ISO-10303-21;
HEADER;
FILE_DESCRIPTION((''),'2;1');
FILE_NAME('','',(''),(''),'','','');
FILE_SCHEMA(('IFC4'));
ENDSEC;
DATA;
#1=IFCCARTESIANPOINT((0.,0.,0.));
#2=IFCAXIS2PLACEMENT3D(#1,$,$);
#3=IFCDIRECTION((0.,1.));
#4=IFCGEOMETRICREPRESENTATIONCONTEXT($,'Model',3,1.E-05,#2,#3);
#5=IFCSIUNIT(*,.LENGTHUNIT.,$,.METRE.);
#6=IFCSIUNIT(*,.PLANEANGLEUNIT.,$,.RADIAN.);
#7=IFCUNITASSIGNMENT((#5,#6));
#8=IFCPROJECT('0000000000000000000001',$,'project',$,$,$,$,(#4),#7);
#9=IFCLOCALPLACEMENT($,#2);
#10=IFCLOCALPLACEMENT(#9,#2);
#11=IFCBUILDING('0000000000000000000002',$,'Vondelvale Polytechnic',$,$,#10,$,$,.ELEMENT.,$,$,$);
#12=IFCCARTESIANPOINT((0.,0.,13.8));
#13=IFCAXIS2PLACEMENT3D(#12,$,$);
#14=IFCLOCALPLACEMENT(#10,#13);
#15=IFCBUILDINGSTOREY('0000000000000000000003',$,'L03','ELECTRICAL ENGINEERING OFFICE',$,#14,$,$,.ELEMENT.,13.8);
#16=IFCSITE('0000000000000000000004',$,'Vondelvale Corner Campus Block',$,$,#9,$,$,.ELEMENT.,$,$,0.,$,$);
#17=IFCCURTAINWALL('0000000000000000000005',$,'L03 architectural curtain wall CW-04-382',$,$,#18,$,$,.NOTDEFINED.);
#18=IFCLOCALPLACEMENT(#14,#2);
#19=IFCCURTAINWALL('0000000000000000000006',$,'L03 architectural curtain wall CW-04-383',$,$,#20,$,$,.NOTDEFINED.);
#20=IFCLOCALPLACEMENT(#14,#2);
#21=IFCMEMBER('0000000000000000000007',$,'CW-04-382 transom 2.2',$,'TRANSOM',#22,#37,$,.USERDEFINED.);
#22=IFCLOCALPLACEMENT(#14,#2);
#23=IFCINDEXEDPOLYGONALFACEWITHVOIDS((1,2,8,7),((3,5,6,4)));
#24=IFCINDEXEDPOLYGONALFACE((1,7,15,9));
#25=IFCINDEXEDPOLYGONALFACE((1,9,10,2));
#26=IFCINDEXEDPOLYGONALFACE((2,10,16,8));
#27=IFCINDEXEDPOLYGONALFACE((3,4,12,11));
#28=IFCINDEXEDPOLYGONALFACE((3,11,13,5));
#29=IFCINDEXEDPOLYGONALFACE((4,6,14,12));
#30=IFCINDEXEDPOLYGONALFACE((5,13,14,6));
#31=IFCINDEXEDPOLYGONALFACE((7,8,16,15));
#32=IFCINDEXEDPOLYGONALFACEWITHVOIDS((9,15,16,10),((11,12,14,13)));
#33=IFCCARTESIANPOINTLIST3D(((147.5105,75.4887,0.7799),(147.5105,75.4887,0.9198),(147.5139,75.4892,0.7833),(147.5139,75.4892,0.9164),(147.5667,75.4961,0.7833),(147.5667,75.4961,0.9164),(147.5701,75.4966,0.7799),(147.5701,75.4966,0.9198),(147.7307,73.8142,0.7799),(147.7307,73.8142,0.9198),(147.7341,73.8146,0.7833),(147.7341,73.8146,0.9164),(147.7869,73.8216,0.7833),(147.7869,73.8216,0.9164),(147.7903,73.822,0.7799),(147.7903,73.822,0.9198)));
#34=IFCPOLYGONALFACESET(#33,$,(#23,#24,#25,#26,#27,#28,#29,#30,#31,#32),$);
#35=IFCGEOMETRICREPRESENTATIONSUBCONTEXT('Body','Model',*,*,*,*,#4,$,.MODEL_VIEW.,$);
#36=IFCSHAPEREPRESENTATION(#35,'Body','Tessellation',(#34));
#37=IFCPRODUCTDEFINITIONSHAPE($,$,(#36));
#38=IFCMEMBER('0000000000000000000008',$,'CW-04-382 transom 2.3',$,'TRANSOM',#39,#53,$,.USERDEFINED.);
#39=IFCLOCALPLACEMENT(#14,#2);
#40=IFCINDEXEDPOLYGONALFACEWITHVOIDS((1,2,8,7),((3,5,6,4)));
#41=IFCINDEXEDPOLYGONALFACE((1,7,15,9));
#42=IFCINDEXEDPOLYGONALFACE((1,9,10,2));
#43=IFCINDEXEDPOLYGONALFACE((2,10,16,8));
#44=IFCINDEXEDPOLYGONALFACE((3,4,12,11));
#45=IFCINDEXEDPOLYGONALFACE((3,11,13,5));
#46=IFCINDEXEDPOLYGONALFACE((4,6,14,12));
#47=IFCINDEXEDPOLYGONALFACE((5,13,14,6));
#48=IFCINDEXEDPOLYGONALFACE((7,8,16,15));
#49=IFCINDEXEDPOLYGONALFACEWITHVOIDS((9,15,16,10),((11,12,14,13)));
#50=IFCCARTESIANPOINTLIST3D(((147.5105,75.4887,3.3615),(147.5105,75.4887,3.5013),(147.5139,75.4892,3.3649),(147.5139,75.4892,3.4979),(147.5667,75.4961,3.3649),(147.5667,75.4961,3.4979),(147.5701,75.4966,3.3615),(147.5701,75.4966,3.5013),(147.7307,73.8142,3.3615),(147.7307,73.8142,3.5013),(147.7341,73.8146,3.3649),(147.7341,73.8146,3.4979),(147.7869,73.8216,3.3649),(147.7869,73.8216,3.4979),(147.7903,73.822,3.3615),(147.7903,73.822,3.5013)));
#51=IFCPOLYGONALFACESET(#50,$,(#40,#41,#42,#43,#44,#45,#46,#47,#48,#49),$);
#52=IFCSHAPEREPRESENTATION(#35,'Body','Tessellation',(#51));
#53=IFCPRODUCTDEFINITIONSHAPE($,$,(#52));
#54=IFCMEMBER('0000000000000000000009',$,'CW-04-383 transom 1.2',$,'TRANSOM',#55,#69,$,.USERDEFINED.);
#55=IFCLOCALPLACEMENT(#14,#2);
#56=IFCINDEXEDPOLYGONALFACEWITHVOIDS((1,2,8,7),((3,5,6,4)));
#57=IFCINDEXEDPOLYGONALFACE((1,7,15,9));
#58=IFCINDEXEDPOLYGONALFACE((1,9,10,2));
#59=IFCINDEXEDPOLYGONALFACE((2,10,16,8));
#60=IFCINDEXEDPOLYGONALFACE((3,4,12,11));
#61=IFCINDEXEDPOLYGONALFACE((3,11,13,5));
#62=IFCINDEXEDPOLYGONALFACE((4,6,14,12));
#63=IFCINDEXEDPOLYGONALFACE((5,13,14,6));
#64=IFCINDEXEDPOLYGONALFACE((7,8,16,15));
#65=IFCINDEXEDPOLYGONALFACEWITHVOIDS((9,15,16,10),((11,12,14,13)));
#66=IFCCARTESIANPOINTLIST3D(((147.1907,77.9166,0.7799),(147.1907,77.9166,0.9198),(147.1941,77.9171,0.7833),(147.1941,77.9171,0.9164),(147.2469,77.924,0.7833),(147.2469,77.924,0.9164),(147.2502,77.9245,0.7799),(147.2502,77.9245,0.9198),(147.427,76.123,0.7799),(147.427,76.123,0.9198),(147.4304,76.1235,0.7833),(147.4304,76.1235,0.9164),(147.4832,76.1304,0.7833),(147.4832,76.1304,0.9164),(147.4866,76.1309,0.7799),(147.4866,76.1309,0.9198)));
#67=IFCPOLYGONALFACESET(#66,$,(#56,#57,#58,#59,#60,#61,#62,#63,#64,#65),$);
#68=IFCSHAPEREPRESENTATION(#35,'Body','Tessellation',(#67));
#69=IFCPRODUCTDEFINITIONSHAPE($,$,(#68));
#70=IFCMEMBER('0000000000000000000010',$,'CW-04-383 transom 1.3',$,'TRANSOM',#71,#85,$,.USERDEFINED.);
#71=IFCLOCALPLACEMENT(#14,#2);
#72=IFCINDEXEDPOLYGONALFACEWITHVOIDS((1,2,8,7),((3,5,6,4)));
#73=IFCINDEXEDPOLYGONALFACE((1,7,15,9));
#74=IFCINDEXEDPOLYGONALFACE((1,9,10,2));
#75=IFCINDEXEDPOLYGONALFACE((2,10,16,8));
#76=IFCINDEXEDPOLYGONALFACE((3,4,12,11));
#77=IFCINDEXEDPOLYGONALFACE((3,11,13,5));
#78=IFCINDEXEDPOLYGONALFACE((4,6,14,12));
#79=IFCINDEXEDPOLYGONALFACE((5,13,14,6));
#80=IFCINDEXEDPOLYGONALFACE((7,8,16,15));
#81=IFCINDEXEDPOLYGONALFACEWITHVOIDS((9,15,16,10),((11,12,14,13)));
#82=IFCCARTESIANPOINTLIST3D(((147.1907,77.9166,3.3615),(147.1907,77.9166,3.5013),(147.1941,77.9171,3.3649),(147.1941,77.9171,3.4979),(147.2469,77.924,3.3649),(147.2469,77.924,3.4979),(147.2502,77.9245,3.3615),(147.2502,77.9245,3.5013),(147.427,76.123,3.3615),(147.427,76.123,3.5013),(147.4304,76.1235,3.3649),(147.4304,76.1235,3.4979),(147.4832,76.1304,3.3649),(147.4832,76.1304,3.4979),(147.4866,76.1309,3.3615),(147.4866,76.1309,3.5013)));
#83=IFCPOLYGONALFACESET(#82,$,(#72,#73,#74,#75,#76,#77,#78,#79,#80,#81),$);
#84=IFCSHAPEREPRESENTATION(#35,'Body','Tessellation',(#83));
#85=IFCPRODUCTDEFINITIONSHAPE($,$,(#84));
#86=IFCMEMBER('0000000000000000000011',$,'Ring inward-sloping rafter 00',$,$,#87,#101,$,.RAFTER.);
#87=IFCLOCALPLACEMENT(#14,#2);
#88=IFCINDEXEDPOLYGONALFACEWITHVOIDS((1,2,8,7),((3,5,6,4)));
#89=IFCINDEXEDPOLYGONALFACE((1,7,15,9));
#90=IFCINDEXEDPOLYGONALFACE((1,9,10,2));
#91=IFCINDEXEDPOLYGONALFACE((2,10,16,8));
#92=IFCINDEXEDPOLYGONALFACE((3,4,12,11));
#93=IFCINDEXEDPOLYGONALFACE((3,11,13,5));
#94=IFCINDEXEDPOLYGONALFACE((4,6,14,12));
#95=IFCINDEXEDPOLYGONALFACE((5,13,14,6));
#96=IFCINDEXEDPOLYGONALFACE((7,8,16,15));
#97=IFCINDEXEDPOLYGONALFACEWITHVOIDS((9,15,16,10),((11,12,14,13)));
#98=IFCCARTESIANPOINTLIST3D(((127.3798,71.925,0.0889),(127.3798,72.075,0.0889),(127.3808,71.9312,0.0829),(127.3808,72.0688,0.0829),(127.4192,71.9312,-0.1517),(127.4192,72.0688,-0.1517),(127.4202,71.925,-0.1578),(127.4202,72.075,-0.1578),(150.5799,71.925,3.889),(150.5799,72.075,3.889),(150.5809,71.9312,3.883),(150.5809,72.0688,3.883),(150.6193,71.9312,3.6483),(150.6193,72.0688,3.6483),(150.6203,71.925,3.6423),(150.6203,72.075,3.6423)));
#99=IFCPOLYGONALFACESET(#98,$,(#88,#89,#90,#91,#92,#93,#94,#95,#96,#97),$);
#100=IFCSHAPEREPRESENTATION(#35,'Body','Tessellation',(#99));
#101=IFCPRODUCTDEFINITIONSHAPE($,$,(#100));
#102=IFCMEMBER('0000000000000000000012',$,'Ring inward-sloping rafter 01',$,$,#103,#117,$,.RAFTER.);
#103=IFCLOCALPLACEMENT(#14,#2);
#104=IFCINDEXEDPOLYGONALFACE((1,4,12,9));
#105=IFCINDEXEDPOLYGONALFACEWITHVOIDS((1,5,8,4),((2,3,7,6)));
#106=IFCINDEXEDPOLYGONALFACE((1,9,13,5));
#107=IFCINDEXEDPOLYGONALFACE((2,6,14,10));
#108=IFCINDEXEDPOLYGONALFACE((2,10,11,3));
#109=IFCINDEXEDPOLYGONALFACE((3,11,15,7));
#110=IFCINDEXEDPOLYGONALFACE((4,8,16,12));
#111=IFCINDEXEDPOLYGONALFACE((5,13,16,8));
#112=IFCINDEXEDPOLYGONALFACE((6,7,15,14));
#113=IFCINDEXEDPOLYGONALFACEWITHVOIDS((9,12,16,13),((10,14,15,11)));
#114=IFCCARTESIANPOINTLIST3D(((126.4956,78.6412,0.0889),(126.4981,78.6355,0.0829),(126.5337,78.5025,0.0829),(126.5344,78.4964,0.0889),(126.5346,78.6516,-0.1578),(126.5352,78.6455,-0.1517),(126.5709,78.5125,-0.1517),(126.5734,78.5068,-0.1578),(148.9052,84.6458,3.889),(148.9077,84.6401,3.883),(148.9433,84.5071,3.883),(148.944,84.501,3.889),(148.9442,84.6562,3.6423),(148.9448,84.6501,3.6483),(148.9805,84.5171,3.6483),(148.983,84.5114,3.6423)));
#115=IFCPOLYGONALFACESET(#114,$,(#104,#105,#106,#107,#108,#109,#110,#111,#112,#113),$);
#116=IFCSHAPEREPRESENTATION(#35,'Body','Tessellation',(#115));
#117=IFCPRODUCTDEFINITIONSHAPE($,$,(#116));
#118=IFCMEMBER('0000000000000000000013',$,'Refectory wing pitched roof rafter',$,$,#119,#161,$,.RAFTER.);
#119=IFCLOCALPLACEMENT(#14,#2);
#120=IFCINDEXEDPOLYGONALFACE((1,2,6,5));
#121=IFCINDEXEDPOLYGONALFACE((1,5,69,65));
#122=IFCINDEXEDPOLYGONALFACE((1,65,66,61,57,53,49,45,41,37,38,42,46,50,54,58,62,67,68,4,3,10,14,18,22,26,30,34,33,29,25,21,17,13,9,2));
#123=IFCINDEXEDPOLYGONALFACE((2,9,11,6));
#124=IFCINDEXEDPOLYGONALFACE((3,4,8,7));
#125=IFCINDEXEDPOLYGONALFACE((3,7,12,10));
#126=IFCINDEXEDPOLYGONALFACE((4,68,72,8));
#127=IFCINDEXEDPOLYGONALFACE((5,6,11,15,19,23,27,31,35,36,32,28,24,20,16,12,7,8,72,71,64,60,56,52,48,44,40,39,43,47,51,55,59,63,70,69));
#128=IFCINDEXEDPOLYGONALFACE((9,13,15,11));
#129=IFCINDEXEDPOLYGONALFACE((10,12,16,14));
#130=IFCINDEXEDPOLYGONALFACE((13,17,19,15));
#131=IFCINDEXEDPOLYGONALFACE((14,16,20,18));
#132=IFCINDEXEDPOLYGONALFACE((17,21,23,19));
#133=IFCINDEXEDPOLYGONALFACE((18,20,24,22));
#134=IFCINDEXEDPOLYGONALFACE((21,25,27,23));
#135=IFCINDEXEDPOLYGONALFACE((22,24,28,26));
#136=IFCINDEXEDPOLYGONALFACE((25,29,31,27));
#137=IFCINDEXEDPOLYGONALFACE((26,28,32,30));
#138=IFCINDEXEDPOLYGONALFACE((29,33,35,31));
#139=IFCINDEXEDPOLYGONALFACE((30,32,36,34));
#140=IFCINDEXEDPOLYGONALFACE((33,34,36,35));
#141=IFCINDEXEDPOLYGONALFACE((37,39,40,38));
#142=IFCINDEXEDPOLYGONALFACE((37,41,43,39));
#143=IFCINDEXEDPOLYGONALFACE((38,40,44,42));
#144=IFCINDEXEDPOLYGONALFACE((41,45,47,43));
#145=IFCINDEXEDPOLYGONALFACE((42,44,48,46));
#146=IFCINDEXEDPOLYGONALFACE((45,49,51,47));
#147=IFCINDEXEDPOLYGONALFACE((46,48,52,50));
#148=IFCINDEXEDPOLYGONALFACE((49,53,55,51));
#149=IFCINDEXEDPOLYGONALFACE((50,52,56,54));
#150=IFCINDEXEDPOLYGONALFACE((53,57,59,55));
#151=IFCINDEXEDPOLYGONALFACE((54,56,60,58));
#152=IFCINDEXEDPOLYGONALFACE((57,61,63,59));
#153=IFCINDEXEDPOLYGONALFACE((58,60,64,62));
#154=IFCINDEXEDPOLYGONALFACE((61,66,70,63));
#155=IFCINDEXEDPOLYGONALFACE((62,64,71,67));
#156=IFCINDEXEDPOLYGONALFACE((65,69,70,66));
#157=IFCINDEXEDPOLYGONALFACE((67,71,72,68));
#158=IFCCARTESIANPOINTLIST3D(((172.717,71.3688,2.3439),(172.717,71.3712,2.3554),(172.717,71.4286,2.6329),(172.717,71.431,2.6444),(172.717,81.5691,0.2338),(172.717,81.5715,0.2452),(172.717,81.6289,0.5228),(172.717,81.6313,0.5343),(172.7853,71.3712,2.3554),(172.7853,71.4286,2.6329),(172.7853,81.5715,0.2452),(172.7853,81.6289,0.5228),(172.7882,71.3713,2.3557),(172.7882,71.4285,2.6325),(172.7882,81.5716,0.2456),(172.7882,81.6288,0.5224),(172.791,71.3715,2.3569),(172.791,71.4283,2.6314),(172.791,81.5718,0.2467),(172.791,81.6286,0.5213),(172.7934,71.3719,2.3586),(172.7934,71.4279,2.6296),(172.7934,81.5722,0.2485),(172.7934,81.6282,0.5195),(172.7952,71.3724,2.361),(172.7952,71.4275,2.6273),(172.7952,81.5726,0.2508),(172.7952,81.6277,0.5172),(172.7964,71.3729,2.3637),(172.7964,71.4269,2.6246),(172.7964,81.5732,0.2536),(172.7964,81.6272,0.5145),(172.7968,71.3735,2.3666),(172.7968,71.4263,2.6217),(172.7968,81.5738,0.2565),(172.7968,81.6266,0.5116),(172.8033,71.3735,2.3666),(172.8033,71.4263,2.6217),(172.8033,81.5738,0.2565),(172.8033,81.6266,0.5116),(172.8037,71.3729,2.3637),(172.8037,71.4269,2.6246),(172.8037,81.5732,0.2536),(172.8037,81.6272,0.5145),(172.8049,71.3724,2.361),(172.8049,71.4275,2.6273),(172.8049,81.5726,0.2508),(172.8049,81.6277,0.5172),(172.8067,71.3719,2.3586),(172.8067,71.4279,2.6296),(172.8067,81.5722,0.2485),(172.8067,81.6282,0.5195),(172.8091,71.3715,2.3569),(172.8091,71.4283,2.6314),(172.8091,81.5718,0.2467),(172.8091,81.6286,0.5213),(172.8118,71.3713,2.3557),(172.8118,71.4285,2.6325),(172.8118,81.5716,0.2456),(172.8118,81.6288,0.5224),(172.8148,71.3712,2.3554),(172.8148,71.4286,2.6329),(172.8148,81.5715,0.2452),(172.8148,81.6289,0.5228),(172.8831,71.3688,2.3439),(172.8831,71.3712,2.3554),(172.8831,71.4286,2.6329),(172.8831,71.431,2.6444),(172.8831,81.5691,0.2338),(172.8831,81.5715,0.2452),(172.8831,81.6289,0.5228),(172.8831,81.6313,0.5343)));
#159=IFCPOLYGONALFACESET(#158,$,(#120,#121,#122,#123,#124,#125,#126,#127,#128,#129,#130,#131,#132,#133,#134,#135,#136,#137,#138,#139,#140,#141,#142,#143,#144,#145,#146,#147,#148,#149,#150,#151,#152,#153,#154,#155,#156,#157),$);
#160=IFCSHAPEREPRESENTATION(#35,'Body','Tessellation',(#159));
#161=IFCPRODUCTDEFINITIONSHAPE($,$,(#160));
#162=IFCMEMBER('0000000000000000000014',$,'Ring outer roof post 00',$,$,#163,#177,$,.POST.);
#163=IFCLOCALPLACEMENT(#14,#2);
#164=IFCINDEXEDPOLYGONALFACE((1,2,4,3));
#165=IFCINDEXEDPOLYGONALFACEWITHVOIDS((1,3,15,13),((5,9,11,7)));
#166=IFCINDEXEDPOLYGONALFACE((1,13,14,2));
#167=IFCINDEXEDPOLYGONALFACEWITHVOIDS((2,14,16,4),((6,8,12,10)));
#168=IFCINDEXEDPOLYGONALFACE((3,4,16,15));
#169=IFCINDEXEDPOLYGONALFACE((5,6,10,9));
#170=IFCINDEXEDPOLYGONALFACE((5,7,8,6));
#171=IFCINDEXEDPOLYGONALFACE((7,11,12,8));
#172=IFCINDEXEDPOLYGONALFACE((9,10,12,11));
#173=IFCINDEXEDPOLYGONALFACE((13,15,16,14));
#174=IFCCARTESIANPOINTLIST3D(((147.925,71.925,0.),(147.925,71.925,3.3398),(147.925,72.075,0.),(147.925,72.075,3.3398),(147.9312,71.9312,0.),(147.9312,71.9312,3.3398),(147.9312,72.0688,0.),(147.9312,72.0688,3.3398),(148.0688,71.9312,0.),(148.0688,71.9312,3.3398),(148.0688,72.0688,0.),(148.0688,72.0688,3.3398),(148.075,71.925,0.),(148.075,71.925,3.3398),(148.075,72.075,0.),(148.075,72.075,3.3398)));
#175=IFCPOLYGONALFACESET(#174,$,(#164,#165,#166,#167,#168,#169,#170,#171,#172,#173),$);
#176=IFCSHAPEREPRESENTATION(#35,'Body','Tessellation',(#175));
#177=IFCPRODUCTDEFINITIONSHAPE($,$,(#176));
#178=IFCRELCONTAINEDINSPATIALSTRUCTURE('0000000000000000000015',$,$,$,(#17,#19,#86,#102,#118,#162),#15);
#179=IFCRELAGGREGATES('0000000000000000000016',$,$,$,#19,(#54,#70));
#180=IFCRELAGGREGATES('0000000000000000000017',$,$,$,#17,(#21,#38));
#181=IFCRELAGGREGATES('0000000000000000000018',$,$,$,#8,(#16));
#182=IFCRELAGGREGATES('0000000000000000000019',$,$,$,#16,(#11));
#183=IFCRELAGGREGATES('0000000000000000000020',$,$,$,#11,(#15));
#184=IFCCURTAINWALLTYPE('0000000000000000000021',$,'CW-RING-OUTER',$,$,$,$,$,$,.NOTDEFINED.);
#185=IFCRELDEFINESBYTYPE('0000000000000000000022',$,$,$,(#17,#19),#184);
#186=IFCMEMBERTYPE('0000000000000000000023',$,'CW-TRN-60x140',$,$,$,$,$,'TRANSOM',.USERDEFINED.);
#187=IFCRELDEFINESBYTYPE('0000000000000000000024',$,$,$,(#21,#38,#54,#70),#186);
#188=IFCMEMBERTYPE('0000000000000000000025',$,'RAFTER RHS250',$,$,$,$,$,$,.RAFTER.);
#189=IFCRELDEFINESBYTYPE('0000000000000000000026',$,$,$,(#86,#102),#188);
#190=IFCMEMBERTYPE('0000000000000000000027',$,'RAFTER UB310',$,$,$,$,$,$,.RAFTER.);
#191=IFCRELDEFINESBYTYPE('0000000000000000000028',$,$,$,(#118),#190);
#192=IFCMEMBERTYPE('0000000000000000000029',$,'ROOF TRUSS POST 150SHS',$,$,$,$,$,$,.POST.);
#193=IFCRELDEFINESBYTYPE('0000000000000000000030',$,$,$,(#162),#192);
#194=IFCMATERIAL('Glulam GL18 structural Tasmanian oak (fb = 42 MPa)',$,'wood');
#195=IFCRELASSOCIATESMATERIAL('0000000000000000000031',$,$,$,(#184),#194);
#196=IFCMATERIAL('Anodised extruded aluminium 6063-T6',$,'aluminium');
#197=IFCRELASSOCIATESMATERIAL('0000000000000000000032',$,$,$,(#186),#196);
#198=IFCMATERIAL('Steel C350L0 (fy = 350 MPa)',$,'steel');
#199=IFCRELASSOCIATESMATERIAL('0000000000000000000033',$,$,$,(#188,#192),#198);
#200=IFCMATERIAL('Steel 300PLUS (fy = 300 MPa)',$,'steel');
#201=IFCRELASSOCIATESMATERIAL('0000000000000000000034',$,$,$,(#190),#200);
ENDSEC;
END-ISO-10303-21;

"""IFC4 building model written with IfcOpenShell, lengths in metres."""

from ifc_helpers import new_model, si_unit, direction, frame, origin, origin_2d, place, context, subcontext, project, spatial, hollow_rectangle, i_section, extrude, material, material_profile, profile_set, type_object, element, aggregate, save


model = new_model("IFC4")

# Units and contexts
model_context = context("Model", 3, precision=1e-05, world=origin(), true_north=direction((0.0, 1.0)))
body_context = subcontext(model_context, "Body", "Model", "MODEL_VIEW")
ifc_project = project(units=[si_unit("LENGTHUNIT", "METRE"), si_unit("PLANEANGLEUNIT", "RADIAN")], contexts=[model_context])

# Site, building, storey
site_placement = place(None, origin())
site = spatial("IfcSite", under=ifc_project, at=site_placement, Name="Vondelvale Corner Campus Block", CompositionType="ELEMENT", RefElevation=0.0)
building_placement = place(site_placement, origin())
building = spatial("IfcBuilding", under=site, at=building_placement, Name="Vondelvale Polytechnic", CompositionType="ELEMENT")
storey_placement = place(building_placement, frame((0.0, 0.0, 13.8)))
storey = spatial("IfcBuildingStorey", under=building, at=storey_placement, Name="L03", Description="ELECTRICAL ENGINEERING OFFICE", CompositionType="ELEMENT", Elevation=13.8)

# Shared definitions
ifc_material_1 = material(Name="Steel 300PLUS (fy = 300 MPa)", Category="steel")

# Curtain wall
ifc_material_2 = material(Name="Glulam GL18 structural Tasmanian oak (fb = 42 MPa)", Category="wood")
curtain_wall_type = type_object("IfcCurtainWallType", Name="CW-RING-OUTER", PredefinedType="NOTDEFINED", material=ifc_material_2)
curtain_wall_1_placement = place(storey_placement, origin())
curtain_wall_1 = element("IfcCurtainWall", 1, at=curtain_wall_1_placement, inside=storey, type_object=curtain_wall_type, Name="L03 architectural curtain wall CW-04-382", PredefinedType="NOTDEFINED")
ifc_material_3 = material(Name="Anodised extruded aluminium 6063-T6", Category="aluminium")

# Curtain wall
curtain_wall_2_placement = place(storey_placement, origin())
curtain_wall_2 = element("IfcCurtainWall", 2, at=curtain_wall_2_placement, inside=storey, type_object=curtain_wall_type, Name="L03 architectural curtain wall CW-04-383", PredefinedType="NOTDEFINED")

# Members
ifc_material_profile_1 = material_profile(ifc_material_3, hollow_rectangle(XDim=0.0601, YDim=0.1399, WallThickness=0.0034, at=origin_2d()), Name="CW-TRN-140x60")
ifc_profile_set_1 = profile_set([ifc_material_profile_1], Name="Anodised extruded aluminium 6063-T6")
member_type_1 = type_object("IfcMemberType", Name="CW-TRN-60x140", ElementType="TRANSOM", PredefinedType="USERDEFINED", material=ifc_profile_set_1)
member_1_placement = place(storey_placement, frame((147.7605, 73.8181, 0.8499), z_axis=(-0.130383, 0.991464, 0.0), x_axis=(-0.991464, -0.130383, 0.0)))
member_1 = element("IfcMember", 3, at=member_1_placement, type_object=member_type_1, Name="CW-04-382 transom 2.2", ObjectType="TRANSOM", PredefinedType="USERDEFINED", context=body_context, shape_type="SweptSolid", body=[
    extrude(hollow_rectangle(XDim=0.0601, YDim=0.1399, WallThickness=0.0034, at=origin_2d()), origin(), (0.0, 0.0, 1.0), 1.689),
])
member_2_placement = place(storey_placement, frame((147.7605, 73.8181, 3.4314), z_axis=(-0.130383, 0.991464, 0.0), x_axis=(-0.991464, -0.130383, 0.0)))
member_2 = element("IfcMember", 4, at=member_2_placement, type_object=member_type_1, Name="CW-04-382 transom 2.3", ObjectType="TRANSOM", PredefinedType="USERDEFINED", context=body_context, shape_type="SweptSolid", body=[
    extrude(hollow_rectangle(XDim=0.0601, YDim=0.1399, WallThickness=0.0034, at=origin_2d()), origin(), (0.0, 0.0, 1.0), 1.689),
])
member_3_placement = place(storey_placement, frame((147.4568, 76.127, 0.8499), z_axis=(-0.130626, 0.991432, 0.0), x_axis=(-0.991432, -0.130626, 0.0)))
member_3 = element("IfcMember", 5, at=member_3_placement, type_object=member_type_1, Name="CW-04-383 transom 1.2", ObjectType="TRANSOM", PredefinedType="USERDEFINED", context=body_context, shape_type="SweptSolid", body=[
    extrude(hollow_rectangle(XDim=0.0601, YDim=0.1399, WallThickness=0.0034, at=origin_2d()), origin(), (0.0, 0.0, 1.0), 1.8091),
])
member_4_placement = place(storey_placement, frame((147.4568, 76.127, 3.4314), z_axis=(-0.130626, 0.991432, 0.0), x_axis=(-0.991432, -0.130626, 0.0)))
member_4 = element("IfcMember", 6, at=member_4_placement, type_object=member_type_1, Name="CW-04-383 transom 1.3", ObjectType="TRANSOM", PredefinedType="USERDEFINED", context=body_context, shape_type="SweptSolid", body=[
    extrude(hollow_rectangle(XDim=0.0601, YDim=0.1399, WallThickness=0.0034, at=origin_2d()), origin(), (0.0, 0.0, 1.0), 1.8091),
])
aggregate(curtain_wall_2, [member_3, member_4])

# Members
ifc_material_4 = material(Name="Steel C350L0 (fy = 350 MPa)", Category="steel")
ifc_material_profile_2 = material_profile(ifc_material_4, hollow_rectangle(XDim=0.1499, YDim=0.25, WallThickness=0.0061, at=origin_2d()), Name="250x150x6.0RHS")
ifc_profile_set_2 = profile_set([ifc_material_profile_2], Name="Steel C350L0 (fy = 350 MPa)")
member_type_2 = type_object("IfcMemberType", Name="RAFTER RHS250", PredefinedType="RAFTER", material=ifc_profile_set_2)
for number, where, z_axis, x_axis, name in (
    (7, (150.6001, 72.0, 3.7656), (-0.98685, 0.0, -0.16164), (0.0, -1.0, 0.0), "Ring inward-sloping rafter 00"),
    (8, (148.9441, 84.5786, 3.7656), (-0.953224, -0.255415, -0.16164), (0.258818, -0.965926, 0.0), "Ring inward-sloping rafter 01"),
):
    element("IfcMember", number, at=place(storey_placement, frame(where, z_axis=z_axis, x_axis=x_axis)), inside=storey, type_object=member_type_2, Name=name, PredefinedType="RAFTER", context=body_context, shape_type="SweptSolid", body=[
        extrude(hollow_rectangle(XDim=0.1499, YDim=0.25, WallThickness=0.0061, at=origin_2d()), origin(), (0.0, 0.0, 1.0), 23.5093),
    ])
ifc_material_profile_3 = material_profile(ifc_material_1, i_section(OverallWidth=0.166, OverallDepth=0.3069, WebThickness=0.0066, FlangeThickness=0.0117, FilletRadius=0.0115, at=origin_2d()), Name="310UB46.2")
ifc_profile_set_3 = profile_set([ifc_material_profile_3], Name="Steel 300PLUS (fy = 300 MPa)")
member_type_3 = type_object("IfcMemberType", Name="RAFTER UB310", PredefinedType="RAFTER", material=ifc_profile_set_3)
member_5_placement = place(storey_placement, frame((172.8, 71.3999, 2.4941), z_axis=(0.0, 0.979266, -0.20258), x_axis=(-1.0, 0.0, 0.0)))
element("IfcMember", 9, at=member_5_placement, inside=storey, type_object=member_type_3, Name="Refectory wing pitched roof rafter", PredefinedType="RAFTER", context=body_context, shape_type="SweptSolid", body=[
    extrude(i_section(OverallWidth=0.166, OverallDepth=0.3069, WebThickness=0.0066, FlangeThickness=0.0117, FilletRadius=0.0115, at=origin_2d()), origin(), (0.0, 0.0, 1.0), 10.4163),
])
ifc_material_profile_4 = material_profile(ifc_material_4, hollow_rectangle(XDim=0.1499, YDim=0.1499, WallThickness=0.0061, at=origin_2d()), Name="150x150x6.0SHS")
ifc_profile_set_4 = profile_set([ifc_material_profile_4], Name="Steel C350L0 (fy = 350 MPa)")
member_type_4 = type_object("IfcMemberType", Name="ROOF TRUSS POST 150SHS", PredefinedType="POST", material=ifc_profile_set_4)
member_6_placement = place(storey_placement, frame((148.0, 72.0, 0.0), z_axis=(0.0, 0.0, 1.0), x_axis=(1.0, 0.0, 0.0)))
element("IfcMember", 10, at=member_6_placement, inside=storey, type_object=member_type_4, Name="Ring outer roof post 00", PredefinedType="POST", context=body_context, shape_type="SweptSolid", body=[
    extrude(hollow_rectangle(XDim=0.1499, YDim=0.1499, WallThickness=0.0061, at=origin_2d()), origin(), (0.0, 0.0, 1.0), 3.3398),
])

aggregate(curtain_wall_1, [member_1, member_2])

save(model, "model.ifc")
